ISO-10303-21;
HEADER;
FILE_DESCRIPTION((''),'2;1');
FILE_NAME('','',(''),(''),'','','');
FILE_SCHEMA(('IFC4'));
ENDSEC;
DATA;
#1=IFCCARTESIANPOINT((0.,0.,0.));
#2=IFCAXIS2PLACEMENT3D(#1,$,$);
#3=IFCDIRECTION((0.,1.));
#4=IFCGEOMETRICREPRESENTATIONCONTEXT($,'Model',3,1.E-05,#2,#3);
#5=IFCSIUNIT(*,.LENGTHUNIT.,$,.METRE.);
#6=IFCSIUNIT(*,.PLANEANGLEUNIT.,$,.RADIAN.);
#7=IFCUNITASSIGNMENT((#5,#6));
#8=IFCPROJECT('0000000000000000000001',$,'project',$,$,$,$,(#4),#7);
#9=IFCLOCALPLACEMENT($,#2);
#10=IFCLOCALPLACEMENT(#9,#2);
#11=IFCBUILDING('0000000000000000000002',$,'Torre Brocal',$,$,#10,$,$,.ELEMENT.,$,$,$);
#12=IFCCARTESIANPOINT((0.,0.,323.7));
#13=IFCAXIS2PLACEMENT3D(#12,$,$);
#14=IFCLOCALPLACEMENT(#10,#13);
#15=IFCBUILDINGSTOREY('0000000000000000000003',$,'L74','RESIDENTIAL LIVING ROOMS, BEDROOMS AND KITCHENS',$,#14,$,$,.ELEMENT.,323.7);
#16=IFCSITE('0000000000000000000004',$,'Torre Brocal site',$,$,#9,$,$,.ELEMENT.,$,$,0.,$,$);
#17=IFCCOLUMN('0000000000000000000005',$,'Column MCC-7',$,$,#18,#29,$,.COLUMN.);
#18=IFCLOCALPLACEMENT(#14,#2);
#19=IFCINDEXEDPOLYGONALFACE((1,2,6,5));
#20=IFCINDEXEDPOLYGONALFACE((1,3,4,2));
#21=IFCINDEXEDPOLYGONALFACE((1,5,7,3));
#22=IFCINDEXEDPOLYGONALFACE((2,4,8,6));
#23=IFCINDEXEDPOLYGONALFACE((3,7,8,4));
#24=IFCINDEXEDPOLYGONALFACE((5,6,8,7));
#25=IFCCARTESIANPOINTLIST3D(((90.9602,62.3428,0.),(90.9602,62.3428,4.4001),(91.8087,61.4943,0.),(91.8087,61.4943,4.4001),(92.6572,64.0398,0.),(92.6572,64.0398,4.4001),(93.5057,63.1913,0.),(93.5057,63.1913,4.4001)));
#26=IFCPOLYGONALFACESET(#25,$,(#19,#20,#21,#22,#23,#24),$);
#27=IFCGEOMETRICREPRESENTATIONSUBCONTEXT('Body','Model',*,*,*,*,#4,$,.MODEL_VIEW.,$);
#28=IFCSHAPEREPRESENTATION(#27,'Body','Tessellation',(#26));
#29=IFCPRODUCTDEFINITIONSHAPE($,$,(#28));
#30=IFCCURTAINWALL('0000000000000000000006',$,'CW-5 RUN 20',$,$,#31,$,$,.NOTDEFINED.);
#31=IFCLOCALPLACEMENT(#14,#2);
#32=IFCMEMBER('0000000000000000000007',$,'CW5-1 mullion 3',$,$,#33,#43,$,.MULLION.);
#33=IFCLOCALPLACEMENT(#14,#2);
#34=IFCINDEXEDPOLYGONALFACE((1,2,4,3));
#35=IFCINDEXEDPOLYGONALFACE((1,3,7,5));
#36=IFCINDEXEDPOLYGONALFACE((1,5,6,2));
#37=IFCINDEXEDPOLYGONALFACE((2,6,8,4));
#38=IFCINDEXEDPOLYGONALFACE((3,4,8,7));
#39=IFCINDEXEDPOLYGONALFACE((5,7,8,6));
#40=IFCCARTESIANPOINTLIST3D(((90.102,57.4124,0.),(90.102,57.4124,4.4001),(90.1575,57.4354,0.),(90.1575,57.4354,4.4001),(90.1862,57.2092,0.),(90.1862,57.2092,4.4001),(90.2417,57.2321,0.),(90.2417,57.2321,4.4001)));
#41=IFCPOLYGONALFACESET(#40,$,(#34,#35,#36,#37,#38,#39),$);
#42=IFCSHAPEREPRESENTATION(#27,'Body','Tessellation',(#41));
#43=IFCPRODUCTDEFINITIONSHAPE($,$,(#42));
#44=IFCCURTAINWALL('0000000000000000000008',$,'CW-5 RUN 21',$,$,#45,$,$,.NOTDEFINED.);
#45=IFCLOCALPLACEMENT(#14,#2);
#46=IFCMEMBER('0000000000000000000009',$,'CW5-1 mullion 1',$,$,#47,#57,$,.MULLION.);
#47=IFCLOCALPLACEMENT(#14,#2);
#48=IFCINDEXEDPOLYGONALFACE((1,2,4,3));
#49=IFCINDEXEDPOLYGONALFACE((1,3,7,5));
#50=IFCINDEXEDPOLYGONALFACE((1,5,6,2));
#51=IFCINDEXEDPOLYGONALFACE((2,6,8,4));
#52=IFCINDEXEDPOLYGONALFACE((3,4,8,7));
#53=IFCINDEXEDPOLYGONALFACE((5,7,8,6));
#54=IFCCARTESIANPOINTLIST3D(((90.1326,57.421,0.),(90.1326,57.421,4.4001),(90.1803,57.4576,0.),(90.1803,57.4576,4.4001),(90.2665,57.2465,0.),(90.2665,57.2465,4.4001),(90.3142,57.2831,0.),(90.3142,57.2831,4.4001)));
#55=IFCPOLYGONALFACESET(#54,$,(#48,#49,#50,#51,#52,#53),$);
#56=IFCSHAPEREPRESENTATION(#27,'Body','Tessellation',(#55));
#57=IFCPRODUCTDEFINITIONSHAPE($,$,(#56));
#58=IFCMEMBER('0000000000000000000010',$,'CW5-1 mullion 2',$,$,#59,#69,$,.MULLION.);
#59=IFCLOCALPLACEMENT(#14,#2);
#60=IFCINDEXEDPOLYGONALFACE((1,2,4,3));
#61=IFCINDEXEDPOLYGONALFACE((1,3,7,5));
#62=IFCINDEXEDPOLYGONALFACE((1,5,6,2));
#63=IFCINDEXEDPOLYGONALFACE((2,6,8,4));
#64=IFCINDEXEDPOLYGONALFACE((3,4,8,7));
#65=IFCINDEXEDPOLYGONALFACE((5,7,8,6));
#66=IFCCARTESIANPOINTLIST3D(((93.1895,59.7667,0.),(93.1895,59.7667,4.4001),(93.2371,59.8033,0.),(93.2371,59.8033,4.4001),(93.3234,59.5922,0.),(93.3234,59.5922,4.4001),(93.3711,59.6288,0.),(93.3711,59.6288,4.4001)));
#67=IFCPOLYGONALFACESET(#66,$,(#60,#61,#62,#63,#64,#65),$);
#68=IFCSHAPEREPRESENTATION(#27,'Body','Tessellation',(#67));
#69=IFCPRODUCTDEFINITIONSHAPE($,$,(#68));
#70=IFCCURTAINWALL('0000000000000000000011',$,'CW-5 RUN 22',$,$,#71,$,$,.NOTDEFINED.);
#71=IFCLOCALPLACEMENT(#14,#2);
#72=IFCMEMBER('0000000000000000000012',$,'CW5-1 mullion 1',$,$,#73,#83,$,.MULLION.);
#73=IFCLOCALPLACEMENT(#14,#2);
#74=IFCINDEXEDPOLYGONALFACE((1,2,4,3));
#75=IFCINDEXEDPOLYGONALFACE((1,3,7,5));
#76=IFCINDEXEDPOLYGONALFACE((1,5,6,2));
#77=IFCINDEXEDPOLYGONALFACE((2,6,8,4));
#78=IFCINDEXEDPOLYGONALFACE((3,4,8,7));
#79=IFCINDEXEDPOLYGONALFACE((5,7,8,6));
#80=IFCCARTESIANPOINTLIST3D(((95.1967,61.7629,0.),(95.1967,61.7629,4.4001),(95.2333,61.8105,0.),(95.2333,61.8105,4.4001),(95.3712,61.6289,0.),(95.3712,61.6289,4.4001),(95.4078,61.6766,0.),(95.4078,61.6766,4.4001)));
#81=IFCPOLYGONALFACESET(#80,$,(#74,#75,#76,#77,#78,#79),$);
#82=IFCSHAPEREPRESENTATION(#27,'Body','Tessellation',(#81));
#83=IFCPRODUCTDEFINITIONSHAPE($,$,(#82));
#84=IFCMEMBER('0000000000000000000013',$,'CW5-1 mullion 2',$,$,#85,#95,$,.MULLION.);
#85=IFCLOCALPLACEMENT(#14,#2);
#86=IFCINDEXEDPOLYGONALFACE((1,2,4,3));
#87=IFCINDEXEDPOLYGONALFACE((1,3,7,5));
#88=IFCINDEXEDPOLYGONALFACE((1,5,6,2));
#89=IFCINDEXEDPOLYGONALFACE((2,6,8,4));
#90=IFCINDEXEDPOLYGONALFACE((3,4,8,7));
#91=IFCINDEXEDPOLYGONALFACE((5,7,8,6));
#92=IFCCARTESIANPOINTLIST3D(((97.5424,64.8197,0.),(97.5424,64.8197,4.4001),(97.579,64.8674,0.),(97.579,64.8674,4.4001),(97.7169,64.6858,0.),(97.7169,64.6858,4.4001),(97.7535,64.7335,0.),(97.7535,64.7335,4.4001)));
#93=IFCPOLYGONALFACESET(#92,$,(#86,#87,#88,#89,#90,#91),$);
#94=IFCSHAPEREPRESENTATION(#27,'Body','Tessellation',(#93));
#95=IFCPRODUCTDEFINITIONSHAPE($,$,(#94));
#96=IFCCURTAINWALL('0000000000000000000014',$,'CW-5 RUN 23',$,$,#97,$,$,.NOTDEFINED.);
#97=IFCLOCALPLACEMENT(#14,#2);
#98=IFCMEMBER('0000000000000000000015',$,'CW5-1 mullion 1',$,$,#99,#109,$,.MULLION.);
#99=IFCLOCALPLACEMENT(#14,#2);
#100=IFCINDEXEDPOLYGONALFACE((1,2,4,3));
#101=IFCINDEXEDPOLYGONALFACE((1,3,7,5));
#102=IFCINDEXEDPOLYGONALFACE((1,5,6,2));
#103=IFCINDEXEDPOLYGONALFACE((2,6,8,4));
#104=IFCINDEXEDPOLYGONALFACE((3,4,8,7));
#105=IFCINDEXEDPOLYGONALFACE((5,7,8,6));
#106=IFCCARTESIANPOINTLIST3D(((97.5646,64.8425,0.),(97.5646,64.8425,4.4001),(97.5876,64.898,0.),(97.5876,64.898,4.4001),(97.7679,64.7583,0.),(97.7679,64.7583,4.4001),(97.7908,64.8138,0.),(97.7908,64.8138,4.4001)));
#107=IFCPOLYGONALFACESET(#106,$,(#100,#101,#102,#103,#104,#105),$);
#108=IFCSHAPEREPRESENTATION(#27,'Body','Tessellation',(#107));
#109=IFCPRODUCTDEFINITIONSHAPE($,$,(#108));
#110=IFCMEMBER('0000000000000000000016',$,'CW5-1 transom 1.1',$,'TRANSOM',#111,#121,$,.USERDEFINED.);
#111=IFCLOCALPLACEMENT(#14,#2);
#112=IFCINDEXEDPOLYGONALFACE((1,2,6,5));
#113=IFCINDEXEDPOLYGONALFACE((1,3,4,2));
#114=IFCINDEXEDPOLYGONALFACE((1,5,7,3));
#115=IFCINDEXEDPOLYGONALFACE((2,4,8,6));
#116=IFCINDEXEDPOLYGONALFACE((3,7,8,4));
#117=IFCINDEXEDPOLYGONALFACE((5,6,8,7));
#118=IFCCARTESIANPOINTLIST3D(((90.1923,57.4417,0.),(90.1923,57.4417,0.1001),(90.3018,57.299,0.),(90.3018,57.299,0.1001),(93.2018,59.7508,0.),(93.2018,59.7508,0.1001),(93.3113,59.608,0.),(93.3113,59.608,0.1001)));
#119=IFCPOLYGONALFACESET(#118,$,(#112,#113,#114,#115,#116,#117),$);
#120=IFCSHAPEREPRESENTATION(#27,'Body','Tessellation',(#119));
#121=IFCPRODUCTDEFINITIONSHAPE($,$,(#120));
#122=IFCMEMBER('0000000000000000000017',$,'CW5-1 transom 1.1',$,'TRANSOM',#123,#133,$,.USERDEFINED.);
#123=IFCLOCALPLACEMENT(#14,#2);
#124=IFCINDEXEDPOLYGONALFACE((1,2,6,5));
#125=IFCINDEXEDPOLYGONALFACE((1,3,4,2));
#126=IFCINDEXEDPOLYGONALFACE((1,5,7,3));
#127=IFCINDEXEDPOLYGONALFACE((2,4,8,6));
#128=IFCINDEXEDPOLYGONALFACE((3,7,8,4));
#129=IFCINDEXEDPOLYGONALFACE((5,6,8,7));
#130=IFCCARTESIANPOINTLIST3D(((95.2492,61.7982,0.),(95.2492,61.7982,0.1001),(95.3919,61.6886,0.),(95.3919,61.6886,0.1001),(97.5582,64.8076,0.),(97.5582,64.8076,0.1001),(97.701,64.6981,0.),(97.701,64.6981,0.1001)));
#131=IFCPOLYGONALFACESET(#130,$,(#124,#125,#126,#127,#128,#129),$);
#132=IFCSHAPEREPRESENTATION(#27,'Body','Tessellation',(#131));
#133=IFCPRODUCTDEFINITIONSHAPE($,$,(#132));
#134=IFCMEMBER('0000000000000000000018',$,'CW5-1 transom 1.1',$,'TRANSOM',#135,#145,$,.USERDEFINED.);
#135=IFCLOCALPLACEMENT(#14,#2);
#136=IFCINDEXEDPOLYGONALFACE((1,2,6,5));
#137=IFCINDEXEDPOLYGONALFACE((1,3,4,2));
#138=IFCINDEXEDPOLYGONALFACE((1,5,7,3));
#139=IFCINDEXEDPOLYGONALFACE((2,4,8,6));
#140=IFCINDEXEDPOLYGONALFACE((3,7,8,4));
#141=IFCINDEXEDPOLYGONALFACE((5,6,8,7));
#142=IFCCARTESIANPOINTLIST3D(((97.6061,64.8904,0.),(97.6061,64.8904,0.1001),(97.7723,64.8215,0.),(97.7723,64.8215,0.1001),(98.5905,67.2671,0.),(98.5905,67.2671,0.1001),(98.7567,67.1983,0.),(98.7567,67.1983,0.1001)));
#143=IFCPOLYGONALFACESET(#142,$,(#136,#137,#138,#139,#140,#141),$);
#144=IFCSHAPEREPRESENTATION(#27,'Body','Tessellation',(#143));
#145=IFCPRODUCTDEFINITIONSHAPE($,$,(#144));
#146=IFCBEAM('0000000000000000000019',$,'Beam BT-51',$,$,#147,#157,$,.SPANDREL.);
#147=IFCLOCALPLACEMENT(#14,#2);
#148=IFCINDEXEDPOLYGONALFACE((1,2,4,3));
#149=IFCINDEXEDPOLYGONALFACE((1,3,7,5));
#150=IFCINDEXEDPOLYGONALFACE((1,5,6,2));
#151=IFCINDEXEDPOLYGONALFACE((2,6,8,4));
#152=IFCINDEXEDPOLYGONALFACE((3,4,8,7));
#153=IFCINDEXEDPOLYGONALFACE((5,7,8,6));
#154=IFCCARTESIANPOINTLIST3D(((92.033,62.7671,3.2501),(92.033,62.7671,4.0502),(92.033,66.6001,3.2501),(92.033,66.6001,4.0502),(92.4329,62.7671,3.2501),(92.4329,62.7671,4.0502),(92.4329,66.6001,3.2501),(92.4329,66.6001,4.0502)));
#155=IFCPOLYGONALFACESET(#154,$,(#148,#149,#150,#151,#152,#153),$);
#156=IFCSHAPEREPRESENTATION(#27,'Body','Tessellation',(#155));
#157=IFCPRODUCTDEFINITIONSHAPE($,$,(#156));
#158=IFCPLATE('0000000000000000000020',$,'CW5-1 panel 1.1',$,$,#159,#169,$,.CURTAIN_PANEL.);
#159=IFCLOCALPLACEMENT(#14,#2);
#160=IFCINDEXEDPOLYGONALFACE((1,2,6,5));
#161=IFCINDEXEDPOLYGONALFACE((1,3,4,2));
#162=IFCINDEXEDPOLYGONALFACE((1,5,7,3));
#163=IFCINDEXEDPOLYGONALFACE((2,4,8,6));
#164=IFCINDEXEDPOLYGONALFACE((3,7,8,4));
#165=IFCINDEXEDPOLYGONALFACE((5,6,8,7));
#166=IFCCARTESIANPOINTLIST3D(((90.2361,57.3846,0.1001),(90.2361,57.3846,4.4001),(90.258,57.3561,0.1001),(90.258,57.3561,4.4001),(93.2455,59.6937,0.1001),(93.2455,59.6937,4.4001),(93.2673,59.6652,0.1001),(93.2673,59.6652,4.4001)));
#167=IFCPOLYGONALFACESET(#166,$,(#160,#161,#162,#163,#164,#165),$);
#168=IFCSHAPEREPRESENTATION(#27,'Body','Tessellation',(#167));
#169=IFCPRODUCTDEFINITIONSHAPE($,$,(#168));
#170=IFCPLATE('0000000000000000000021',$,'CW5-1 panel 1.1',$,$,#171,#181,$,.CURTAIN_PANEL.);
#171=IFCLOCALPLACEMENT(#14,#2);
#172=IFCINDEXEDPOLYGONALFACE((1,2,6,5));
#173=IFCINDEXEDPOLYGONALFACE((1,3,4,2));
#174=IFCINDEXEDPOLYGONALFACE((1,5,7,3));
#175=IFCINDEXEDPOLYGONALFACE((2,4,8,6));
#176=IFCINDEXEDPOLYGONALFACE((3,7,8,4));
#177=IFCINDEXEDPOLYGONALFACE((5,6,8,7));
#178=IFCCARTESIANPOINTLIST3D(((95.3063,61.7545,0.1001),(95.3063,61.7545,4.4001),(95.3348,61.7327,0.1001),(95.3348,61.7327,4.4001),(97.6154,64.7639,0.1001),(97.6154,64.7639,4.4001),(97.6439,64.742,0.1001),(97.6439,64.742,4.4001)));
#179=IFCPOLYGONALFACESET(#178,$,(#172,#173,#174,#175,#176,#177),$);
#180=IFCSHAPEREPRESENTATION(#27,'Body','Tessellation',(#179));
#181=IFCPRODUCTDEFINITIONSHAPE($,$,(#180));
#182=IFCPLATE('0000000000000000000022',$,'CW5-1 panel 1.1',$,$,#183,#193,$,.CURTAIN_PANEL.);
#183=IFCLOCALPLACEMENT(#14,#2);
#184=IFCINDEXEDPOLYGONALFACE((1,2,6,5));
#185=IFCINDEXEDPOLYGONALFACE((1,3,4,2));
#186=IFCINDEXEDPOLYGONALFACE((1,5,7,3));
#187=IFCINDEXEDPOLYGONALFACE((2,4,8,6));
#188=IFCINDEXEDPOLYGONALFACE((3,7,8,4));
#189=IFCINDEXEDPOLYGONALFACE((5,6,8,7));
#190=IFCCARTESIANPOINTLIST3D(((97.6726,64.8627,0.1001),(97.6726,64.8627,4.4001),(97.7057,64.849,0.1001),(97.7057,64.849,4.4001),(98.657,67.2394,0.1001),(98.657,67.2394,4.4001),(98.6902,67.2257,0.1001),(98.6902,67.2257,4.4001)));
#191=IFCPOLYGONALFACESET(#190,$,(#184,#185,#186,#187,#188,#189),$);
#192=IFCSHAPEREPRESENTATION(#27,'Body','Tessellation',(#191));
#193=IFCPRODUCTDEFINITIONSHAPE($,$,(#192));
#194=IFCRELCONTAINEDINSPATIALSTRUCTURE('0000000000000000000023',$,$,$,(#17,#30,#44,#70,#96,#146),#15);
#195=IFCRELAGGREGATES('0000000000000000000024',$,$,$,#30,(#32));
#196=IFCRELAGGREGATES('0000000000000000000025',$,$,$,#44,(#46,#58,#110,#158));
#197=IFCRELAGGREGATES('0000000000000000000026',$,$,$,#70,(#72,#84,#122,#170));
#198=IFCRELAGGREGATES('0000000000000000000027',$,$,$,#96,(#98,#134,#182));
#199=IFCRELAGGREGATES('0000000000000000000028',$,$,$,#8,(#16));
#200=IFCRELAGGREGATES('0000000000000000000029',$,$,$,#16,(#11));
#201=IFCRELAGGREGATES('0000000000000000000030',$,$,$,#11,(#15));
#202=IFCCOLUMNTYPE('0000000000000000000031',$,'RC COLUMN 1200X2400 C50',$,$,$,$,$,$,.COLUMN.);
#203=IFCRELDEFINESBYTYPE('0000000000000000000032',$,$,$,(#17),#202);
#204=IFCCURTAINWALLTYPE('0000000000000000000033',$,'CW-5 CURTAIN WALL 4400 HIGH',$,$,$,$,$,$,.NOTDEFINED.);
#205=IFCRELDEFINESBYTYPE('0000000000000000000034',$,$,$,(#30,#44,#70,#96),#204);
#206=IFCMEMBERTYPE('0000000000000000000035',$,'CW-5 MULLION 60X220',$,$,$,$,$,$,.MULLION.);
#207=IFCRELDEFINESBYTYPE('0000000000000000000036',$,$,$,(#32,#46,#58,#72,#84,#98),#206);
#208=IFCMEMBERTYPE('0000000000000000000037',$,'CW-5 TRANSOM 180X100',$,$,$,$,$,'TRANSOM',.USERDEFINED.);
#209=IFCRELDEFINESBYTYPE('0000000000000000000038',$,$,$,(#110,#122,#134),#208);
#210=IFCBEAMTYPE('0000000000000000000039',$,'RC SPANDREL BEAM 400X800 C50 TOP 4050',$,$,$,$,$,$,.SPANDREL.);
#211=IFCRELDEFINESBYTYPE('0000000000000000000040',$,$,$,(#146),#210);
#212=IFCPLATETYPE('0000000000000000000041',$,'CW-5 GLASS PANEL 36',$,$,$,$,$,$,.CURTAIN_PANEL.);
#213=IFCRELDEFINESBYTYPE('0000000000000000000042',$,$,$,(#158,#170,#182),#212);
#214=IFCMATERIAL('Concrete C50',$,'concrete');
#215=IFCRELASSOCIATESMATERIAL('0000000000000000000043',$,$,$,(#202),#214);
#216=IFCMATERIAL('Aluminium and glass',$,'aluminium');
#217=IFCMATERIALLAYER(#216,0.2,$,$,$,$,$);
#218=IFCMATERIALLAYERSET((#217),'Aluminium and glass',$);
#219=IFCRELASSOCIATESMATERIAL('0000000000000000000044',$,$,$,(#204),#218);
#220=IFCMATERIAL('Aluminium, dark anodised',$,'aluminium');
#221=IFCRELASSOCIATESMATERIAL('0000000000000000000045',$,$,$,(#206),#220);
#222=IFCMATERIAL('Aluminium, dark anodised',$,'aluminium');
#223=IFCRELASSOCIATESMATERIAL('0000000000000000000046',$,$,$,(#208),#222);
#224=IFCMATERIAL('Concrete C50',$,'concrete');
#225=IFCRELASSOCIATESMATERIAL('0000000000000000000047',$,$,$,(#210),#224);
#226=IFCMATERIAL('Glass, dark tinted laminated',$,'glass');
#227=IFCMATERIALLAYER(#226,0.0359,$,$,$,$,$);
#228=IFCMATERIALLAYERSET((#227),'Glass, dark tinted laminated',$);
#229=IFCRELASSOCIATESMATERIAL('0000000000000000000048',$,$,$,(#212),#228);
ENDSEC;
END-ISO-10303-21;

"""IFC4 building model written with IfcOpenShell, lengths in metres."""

from ifc_helpers import new_model, si_unit, direction, frame, origin, origin_2d, place, context, subcontext, project, spatial, rectangle, extrude, material, layer, layer_set, material_profile, profile_set, type_object, element, aggregate, save


model = new_model("IFC4")

# Units and contexts
model_context = context("Model", 3, precision=1e-05, world=origin(), true_north=direction((0.0, 1.0)))
body_context = subcontext(model_context, "Body", "Model", "MODEL_VIEW")
ifc_project = project(units=[si_unit("LENGTHUNIT", "METRE"), si_unit("PLANEANGLEUNIT", "RADIAN")], contexts=[model_context])

# Site, building, storey
site_placement = place(None, origin())
site = spatial("IfcSite", under=ifc_project, at=site_placement, Name="Torre Brocal site", CompositionType="ELEMENT", RefElevation=0.0)
building_placement = place(site_placement, origin())
building = spatial("IfcBuilding", under=site, at=building_placement, Name="Torre Brocal", CompositionType="ELEMENT")
storey_placement = place(building_placement, frame((0.0, 0.0, 323.7)))
storey = spatial("IfcBuildingStorey", under=building, at=storey_placement, Name="L74", Description="RESIDENTIAL LIVING ROOMS, BEDROOMS AND KITCHENS", CompositionType="ELEMENT", Elevation=323.7)

# Column
ifc_material_1 = material(Name="Concrete C50", Category="concrete")
ifc_material_profile_1 = material_profile(ifc_material_1, rectangle(XDim=1.2, YDim=2.3999, at=origin_2d()), Name="RC 1200X2400")
ifc_profile_set_1 = profile_set([ifc_material_profile_1], Name="Concrete C50")
column_type = type_object("IfcColumnType", Name="RC COLUMN 1200X2400 C50", PredefinedType="COLUMN", material=ifc_profile_set_1)
column_placement = place(storey_placement, frame((92.2329, 62.7671, 0.0), z_axis=(0.0, 0.0, 1.0), x_axis=(0.707107, -0.707107, 0.0)))
element("IfcColumn", 1, at=column_placement, inside=storey, type_object=column_type, Name="Column MCC-7", PredefinedType="COLUMN", context=body_context, shape_type="SweptSolid", body=[
    extrude(rectangle(XDim=1.2, YDim=2.3999, at=origin_2d()), origin(), (0.0, 0.0, 1.0), 4.4001),
])

# Curtain wall, member
ifc_material_2 = material(Name="Aluminium and glass", Category="aluminium")
ifc_layer_1 = layer(ifc_material_2, 0.2)
ifc_layer_set_1 = layer_set([ifc_layer_1], Name="Aluminium and glass")
curtain_wall_type = type_object("IfcCurtainWallType", Name="CW-5 CURTAIN WALL 4400 HIGH", PredefinedType="NOTDEFINED", material=ifc_layer_set_1)
curtain_wall_1_placement = place(storey_placement, origin())
curtain_wall_1 = element("IfcCurtainWall", 2, at=curtain_wall_1_placement, inside=storey, type_object=curtain_wall_type, Name="CW-5 RUN 20", PredefinedType="NOTDEFINED")
ifc_material_3 = material(Name="Aluminium, dark anodised", Category="aluminium")
ifc_material_profile_2 = material_profile(ifc_material_3, rectangle(XDim=0.22, YDim=0.0601, at=origin_2d()), Name="CW-5 MULLION 60X220")
ifc_profile_set_2 = profile_set([ifc_material_profile_2], Name="Aluminium, dark anodised")
member_type_1 = type_object("IfcMemberType", Name="CW-5 MULLION 60X220", PredefinedType="MULLION", material=ifc_profile_set_2)
member_1_placement = place(storey_placement, frame((90.1719, 57.3223, 0.0), z_axis=(0.0, 0.0, 1.0), x_axis=(-0.382683, 0.92388, 0.0)))
member_1 = element("IfcMember", 3, at=member_1_placement, type_object=member_type_1, Name="CW5-1 mullion 3", PredefinedType="MULLION", context=body_context, shape_type="SweptSolid", body=[
    extrude(rectangle(XDim=0.22, YDim=0.0601, at=origin_2d()), origin(), (0.0, 0.0, 1.0), 4.4001),
])
aggregate(curtain_wall_1, [member_1])

# Curtain walls, members
curtain_wall_2_placement = place(storey_placement, origin())
curtain_wall_2 = element("IfcCurtainWall", 4, at=curtain_wall_2_placement, inside=storey, type_object=curtain_wall_type, Name="CW-5 RUN 21", PredefinedType="NOTDEFINED")
member_2_placement = place(storey_placement, frame((90.2234, 57.3521, 0.0), z_axis=(0.0, 0.0, 1.0), x_axis=(-0.608761, 0.793353, 0.0)))
member_2 = element("IfcMember", 5, at=member_2_placement, type_object=member_type_1, Name="CW5-1 mullion 1", PredefinedType="MULLION", context=body_context, shape_type="SweptSolid", body=[
    extrude(rectangle(XDim=0.22, YDim=0.0601, at=origin_2d()), origin(), (0.0, 0.0, 1.0), 4.4001),
])
member_3_placement = place(storey_placement, frame((93.2803, 59.6978, 0.0), z_axis=(0.0, 0.0, 1.0), x_axis=(-0.608761, 0.793353, 0.0)))
member_3 = element("IfcMember", 6, at=member_3_placement, type_object=member_type_1, Name="CW5-1 mullion 2", PredefinedType="MULLION", context=body_context, shape_type="SweptSolid", body=[
    extrude(rectangle(XDim=0.22, YDim=0.0601, at=origin_2d()), origin(), (0.0, 0.0, 1.0), 4.4001),
])
curtain_wall_3_placement = place(storey_placement, origin())
curtain_wall_3 = element("IfcCurtainWall", 7, at=curtain_wall_3_placement, inside=storey, type_object=curtain_wall_type, Name="CW-5 RUN 22", PredefinedType="NOTDEFINED")
member_4_placement = place(storey_placement, frame((95.3022, 61.7197, 0.0), z_axis=(0.0, 0.0, 1.0), x_axis=(-0.793353, 0.608761, 0.0)))
member_4 = element("IfcMember", 8, at=member_4_placement, type_object=member_type_1, Name="CW5-1 mullion 1", PredefinedType="MULLION", context=body_context, shape_type="SweptSolid", body=[
    extrude(rectangle(XDim=0.22, YDim=0.0601, at=origin_2d()), origin(), (0.0, 0.0, 1.0), 4.4001),
])
member_5_placement = place(storey_placement, frame((97.6479, 64.7766, 0.0), z_axis=(0.0, 0.0, 1.0), x_axis=(-0.793353, 0.608761, 0.0)))
member_5 = element("IfcMember", 9, at=member_5_placement, type_object=member_type_1, Name="CW5-1 mullion 2", PredefinedType="MULLION", context=body_context, shape_type="SweptSolid", body=[
    extrude(rectangle(XDim=0.22, YDim=0.0601, at=origin_2d()), origin(), (0.0, 0.0, 1.0), 4.4001),
])

# Curtain wall, member
curtain_wall_4_placement = place(storey_placement, origin())
curtain_wall_4 = element("IfcCurtainWall", 10, at=curtain_wall_4_placement, inside=storey, type_object=curtain_wall_type, Name="CW-5 RUN 23", PredefinedType="NOTDEFINED")
member_6_placement = place(storey_placement, frame((97.6777, 64.8281, 0.0), z_axis=(0.0, 0.0, 1.0), x_axis=(-0.92388, 0.382683, 0.0)))
member_6 = element("IfcMember", 11, at=member_6_placement, type_object=member_type_1, Name="CW5-1 mullion 1", PredefinedType="MULLION", context=body_context, shape_type="SweptSolid", body=[
    extrude(rectangle(XDim=0.22, YDim=0.0601, at=origin_2d()), origin(), (0.0, 0.0, 1.0), 4.4001),
])

# Members
ifc_material_4 = material(Name="Aluminium, dark anodised", Category="aluminium")
ifc_material_profile_3 = material_profile(ifc_material_4, rectangle(XDim=0.1799, YDim=0.1001, at=origin_2d()), Name="CW-5 TRANSOM 180X100")
ifc_profile_set_3 = profile_set([ifc_material_profile_3], Name="Aluminium, dark anodised")
member_type_2 = type_object("IfcMemberType", Name="CW-5 TRANSOM 180X100", ElementType="TRANSOM", PredefinedType="USERDEFINED", material=ifc_profile_set_3)
member_7_placement = place(storey_placement, frame((90.2471, 57.3704, 0.05), z_axis=(0.793379, 0.608727, 0.0), x_axis=(-0.608727, 0.793379, 0.0)))
member_7 = element("IfcMember", 12, at=member_7_placement, type_object=member_type_2, Name="CW5-1 transom 1.1", ObjectType="TRANSOM", PredefinedType="USERDEFINED", context=body_context, shape_type="SweptSolid", body=[
    extrude(rectangle(XDim=0.1799, YDim=0.1001, at=origin_2d()), origin(), (0.0, 0.0, 1.0), 3.7932),
])
member_8_placement = place(storey_placement, frame((95.3206, 61.7434, 0.05), z_axis=(0.608727, 0.793379, 0.0), x_axis=(-0.793379, 0.608727, 0.0)))
member_8 = element("IfcMember", 13, at=member_8_placement, type_object=member_type_2, Name="CW5-1 transom 1.1", ObjectType="TRANSOM", PredefinedType="USERDEFINED", context=body_context, shape_type="SweptSolid", body=[
    extrude(rectangle(XDim=0.1799, YDim=0.1001, at=origin_2d()), origin(), (0.0, 0.0, 1.0), 3.7932),
])
member_9_placement = place(storey_placement, frame((97.6892, 64.856, 0.05), z_axis=(0.382654, 0.923892, 0.0), x_axis=(-0.923892, 0.382654, 0.0)))
member_9 = element("IfcMember", 14, at=member_9_placement, type_object=member_type_2, Name="CW5-1 transom 1.1", ObjectType="TRANSOM", PredefinedType="USERDEFINED", context=body_context, shape_type="SweptSolid", body=[
    extrude(rectangle(XDim=0.1799, YDim=0.1001, at=origin_2d()), origin(), (0.0, 0.0, 1.0), 2.5725),
])

# Beam
ifc_material_5 = material(Name="Concrete C50", Category="concrete")
ifc_material_profile_4 = material_profile(ifc_material_5, rectangle(XDim=0.3999, YDim=0.8, at=origin_2d()), Name="RC 400X800")
ifc_profile_set_4 = profile_set([ifc_material_profile_4], Name="Concrete C50")
beam_type = type_object("IfcBeamType", Name="RC SPANDREL BEAM 400X800 C50 TOP 4050", PredefinedType="SPANDREL", material=ifc_profile_set_4)
beam_placement = place(storey_placement, frame((92.2329, 62.7671, 3.6501), z_axis=(0.0, 1.0, 0.0), x_axis=(-1.0, 0.0, 0.0)))
element("IfcBeam", 15, at=beam_placement, inside=storey, type_object=beam_type, Name="Beam BT-51", PredefinedType="SPANDREL", context=body_context, shape_type="SweptSolid", body=[
    extrude(rectangle(XDim=0.3999, YDim=0.8, at=origin_2d()), origin(), (0.0, 0.0, 1.0), 3.833),
])

# Plates
ifc_material_6 = material(Name="Glass, dark tinted laminated", Category="glass")
ifc_layer_2 = layer(ifc_material_6, 0.0359)
ifc_layer_set_2 = layer_set([ifc_layer_2], Name="Glass, dark tinted laminated")
plate_type = type_object("IfcPlateType", Name="CW-5 GLASS PANEL 36", PredefinedType="CURTAIN_PANEL", material=ifc_layer_set_2)
plate_1_placement = place(storey_placement, frame((91.7517, 58.5249, 0.1001), z_axis=(0.0, 0.0, 1.0), x_axis=(0.793353, 0.608761, 0.0)))
plate_1 = element("IfcPlate", 16, at=plate_1_placement, type_object=plate_type, Name="CW5-1 panel 1.1", PredefinedType="CURTAIN_PANEL", context=body_context, shape_type="SweptSolid", body=[
    extrude(rectangle(XDim=3.7932, YDim=0.0359, at=origin_2d()), origin(), (0.0, 0.0, 1.0), 4.3),
])
aggregate(curtain_wall_2, [member_2, member_3, member_7, plate_1])
plate_2_placement = place(storey_placement, frame((96.4751, 63.2483, 0.1001), z_axis=(0.0, 0.0, 1.0), x_axis=(0.608761, 0.793353, 0.0)))
plate_2 = element("IfcPlate", 17, at=plate_2_placement, type_object=plate_type, Name="CW5-1 panel 1.1", PredefinedType="CURTAIN_PANEL", context=body_context, shape_type="SweptSolid", body=[
    extrude(rectangle(XDim=3.7932, YDim=0.0359, at=origin_2d()), origin(), (0.0, 0.0, 1.0), 4.3),
])
aggregate(curtain_wall_3, [member_4, member_5, member_8, plate_2])
plate_3_placement = place(storey_placement, frame((98.1814, 66.0442, 0.1001), z_axis=(0.0, 0.0, 1.0), x_axis=(0.382683, 0.92388, 0.0)))
plate_3 = element("IfcPlate", 18, at=plate_3_placement, type_object=plate_type, Name="CW5-1 panel 1.1", PredefinedType="CURTAIN_PANEL", context=body_context, shape_type="SweptSolid", body=[
    extrude(rectangle(XDim=2.5725, YDim=0.0359, at=origin_2d()), origin(), (0.0, 0.0, 1.0), 4.3),
])
aggregate(curtain_wall_4, [member_6, member_9, plate_3])

save(model, "model.ifc")
